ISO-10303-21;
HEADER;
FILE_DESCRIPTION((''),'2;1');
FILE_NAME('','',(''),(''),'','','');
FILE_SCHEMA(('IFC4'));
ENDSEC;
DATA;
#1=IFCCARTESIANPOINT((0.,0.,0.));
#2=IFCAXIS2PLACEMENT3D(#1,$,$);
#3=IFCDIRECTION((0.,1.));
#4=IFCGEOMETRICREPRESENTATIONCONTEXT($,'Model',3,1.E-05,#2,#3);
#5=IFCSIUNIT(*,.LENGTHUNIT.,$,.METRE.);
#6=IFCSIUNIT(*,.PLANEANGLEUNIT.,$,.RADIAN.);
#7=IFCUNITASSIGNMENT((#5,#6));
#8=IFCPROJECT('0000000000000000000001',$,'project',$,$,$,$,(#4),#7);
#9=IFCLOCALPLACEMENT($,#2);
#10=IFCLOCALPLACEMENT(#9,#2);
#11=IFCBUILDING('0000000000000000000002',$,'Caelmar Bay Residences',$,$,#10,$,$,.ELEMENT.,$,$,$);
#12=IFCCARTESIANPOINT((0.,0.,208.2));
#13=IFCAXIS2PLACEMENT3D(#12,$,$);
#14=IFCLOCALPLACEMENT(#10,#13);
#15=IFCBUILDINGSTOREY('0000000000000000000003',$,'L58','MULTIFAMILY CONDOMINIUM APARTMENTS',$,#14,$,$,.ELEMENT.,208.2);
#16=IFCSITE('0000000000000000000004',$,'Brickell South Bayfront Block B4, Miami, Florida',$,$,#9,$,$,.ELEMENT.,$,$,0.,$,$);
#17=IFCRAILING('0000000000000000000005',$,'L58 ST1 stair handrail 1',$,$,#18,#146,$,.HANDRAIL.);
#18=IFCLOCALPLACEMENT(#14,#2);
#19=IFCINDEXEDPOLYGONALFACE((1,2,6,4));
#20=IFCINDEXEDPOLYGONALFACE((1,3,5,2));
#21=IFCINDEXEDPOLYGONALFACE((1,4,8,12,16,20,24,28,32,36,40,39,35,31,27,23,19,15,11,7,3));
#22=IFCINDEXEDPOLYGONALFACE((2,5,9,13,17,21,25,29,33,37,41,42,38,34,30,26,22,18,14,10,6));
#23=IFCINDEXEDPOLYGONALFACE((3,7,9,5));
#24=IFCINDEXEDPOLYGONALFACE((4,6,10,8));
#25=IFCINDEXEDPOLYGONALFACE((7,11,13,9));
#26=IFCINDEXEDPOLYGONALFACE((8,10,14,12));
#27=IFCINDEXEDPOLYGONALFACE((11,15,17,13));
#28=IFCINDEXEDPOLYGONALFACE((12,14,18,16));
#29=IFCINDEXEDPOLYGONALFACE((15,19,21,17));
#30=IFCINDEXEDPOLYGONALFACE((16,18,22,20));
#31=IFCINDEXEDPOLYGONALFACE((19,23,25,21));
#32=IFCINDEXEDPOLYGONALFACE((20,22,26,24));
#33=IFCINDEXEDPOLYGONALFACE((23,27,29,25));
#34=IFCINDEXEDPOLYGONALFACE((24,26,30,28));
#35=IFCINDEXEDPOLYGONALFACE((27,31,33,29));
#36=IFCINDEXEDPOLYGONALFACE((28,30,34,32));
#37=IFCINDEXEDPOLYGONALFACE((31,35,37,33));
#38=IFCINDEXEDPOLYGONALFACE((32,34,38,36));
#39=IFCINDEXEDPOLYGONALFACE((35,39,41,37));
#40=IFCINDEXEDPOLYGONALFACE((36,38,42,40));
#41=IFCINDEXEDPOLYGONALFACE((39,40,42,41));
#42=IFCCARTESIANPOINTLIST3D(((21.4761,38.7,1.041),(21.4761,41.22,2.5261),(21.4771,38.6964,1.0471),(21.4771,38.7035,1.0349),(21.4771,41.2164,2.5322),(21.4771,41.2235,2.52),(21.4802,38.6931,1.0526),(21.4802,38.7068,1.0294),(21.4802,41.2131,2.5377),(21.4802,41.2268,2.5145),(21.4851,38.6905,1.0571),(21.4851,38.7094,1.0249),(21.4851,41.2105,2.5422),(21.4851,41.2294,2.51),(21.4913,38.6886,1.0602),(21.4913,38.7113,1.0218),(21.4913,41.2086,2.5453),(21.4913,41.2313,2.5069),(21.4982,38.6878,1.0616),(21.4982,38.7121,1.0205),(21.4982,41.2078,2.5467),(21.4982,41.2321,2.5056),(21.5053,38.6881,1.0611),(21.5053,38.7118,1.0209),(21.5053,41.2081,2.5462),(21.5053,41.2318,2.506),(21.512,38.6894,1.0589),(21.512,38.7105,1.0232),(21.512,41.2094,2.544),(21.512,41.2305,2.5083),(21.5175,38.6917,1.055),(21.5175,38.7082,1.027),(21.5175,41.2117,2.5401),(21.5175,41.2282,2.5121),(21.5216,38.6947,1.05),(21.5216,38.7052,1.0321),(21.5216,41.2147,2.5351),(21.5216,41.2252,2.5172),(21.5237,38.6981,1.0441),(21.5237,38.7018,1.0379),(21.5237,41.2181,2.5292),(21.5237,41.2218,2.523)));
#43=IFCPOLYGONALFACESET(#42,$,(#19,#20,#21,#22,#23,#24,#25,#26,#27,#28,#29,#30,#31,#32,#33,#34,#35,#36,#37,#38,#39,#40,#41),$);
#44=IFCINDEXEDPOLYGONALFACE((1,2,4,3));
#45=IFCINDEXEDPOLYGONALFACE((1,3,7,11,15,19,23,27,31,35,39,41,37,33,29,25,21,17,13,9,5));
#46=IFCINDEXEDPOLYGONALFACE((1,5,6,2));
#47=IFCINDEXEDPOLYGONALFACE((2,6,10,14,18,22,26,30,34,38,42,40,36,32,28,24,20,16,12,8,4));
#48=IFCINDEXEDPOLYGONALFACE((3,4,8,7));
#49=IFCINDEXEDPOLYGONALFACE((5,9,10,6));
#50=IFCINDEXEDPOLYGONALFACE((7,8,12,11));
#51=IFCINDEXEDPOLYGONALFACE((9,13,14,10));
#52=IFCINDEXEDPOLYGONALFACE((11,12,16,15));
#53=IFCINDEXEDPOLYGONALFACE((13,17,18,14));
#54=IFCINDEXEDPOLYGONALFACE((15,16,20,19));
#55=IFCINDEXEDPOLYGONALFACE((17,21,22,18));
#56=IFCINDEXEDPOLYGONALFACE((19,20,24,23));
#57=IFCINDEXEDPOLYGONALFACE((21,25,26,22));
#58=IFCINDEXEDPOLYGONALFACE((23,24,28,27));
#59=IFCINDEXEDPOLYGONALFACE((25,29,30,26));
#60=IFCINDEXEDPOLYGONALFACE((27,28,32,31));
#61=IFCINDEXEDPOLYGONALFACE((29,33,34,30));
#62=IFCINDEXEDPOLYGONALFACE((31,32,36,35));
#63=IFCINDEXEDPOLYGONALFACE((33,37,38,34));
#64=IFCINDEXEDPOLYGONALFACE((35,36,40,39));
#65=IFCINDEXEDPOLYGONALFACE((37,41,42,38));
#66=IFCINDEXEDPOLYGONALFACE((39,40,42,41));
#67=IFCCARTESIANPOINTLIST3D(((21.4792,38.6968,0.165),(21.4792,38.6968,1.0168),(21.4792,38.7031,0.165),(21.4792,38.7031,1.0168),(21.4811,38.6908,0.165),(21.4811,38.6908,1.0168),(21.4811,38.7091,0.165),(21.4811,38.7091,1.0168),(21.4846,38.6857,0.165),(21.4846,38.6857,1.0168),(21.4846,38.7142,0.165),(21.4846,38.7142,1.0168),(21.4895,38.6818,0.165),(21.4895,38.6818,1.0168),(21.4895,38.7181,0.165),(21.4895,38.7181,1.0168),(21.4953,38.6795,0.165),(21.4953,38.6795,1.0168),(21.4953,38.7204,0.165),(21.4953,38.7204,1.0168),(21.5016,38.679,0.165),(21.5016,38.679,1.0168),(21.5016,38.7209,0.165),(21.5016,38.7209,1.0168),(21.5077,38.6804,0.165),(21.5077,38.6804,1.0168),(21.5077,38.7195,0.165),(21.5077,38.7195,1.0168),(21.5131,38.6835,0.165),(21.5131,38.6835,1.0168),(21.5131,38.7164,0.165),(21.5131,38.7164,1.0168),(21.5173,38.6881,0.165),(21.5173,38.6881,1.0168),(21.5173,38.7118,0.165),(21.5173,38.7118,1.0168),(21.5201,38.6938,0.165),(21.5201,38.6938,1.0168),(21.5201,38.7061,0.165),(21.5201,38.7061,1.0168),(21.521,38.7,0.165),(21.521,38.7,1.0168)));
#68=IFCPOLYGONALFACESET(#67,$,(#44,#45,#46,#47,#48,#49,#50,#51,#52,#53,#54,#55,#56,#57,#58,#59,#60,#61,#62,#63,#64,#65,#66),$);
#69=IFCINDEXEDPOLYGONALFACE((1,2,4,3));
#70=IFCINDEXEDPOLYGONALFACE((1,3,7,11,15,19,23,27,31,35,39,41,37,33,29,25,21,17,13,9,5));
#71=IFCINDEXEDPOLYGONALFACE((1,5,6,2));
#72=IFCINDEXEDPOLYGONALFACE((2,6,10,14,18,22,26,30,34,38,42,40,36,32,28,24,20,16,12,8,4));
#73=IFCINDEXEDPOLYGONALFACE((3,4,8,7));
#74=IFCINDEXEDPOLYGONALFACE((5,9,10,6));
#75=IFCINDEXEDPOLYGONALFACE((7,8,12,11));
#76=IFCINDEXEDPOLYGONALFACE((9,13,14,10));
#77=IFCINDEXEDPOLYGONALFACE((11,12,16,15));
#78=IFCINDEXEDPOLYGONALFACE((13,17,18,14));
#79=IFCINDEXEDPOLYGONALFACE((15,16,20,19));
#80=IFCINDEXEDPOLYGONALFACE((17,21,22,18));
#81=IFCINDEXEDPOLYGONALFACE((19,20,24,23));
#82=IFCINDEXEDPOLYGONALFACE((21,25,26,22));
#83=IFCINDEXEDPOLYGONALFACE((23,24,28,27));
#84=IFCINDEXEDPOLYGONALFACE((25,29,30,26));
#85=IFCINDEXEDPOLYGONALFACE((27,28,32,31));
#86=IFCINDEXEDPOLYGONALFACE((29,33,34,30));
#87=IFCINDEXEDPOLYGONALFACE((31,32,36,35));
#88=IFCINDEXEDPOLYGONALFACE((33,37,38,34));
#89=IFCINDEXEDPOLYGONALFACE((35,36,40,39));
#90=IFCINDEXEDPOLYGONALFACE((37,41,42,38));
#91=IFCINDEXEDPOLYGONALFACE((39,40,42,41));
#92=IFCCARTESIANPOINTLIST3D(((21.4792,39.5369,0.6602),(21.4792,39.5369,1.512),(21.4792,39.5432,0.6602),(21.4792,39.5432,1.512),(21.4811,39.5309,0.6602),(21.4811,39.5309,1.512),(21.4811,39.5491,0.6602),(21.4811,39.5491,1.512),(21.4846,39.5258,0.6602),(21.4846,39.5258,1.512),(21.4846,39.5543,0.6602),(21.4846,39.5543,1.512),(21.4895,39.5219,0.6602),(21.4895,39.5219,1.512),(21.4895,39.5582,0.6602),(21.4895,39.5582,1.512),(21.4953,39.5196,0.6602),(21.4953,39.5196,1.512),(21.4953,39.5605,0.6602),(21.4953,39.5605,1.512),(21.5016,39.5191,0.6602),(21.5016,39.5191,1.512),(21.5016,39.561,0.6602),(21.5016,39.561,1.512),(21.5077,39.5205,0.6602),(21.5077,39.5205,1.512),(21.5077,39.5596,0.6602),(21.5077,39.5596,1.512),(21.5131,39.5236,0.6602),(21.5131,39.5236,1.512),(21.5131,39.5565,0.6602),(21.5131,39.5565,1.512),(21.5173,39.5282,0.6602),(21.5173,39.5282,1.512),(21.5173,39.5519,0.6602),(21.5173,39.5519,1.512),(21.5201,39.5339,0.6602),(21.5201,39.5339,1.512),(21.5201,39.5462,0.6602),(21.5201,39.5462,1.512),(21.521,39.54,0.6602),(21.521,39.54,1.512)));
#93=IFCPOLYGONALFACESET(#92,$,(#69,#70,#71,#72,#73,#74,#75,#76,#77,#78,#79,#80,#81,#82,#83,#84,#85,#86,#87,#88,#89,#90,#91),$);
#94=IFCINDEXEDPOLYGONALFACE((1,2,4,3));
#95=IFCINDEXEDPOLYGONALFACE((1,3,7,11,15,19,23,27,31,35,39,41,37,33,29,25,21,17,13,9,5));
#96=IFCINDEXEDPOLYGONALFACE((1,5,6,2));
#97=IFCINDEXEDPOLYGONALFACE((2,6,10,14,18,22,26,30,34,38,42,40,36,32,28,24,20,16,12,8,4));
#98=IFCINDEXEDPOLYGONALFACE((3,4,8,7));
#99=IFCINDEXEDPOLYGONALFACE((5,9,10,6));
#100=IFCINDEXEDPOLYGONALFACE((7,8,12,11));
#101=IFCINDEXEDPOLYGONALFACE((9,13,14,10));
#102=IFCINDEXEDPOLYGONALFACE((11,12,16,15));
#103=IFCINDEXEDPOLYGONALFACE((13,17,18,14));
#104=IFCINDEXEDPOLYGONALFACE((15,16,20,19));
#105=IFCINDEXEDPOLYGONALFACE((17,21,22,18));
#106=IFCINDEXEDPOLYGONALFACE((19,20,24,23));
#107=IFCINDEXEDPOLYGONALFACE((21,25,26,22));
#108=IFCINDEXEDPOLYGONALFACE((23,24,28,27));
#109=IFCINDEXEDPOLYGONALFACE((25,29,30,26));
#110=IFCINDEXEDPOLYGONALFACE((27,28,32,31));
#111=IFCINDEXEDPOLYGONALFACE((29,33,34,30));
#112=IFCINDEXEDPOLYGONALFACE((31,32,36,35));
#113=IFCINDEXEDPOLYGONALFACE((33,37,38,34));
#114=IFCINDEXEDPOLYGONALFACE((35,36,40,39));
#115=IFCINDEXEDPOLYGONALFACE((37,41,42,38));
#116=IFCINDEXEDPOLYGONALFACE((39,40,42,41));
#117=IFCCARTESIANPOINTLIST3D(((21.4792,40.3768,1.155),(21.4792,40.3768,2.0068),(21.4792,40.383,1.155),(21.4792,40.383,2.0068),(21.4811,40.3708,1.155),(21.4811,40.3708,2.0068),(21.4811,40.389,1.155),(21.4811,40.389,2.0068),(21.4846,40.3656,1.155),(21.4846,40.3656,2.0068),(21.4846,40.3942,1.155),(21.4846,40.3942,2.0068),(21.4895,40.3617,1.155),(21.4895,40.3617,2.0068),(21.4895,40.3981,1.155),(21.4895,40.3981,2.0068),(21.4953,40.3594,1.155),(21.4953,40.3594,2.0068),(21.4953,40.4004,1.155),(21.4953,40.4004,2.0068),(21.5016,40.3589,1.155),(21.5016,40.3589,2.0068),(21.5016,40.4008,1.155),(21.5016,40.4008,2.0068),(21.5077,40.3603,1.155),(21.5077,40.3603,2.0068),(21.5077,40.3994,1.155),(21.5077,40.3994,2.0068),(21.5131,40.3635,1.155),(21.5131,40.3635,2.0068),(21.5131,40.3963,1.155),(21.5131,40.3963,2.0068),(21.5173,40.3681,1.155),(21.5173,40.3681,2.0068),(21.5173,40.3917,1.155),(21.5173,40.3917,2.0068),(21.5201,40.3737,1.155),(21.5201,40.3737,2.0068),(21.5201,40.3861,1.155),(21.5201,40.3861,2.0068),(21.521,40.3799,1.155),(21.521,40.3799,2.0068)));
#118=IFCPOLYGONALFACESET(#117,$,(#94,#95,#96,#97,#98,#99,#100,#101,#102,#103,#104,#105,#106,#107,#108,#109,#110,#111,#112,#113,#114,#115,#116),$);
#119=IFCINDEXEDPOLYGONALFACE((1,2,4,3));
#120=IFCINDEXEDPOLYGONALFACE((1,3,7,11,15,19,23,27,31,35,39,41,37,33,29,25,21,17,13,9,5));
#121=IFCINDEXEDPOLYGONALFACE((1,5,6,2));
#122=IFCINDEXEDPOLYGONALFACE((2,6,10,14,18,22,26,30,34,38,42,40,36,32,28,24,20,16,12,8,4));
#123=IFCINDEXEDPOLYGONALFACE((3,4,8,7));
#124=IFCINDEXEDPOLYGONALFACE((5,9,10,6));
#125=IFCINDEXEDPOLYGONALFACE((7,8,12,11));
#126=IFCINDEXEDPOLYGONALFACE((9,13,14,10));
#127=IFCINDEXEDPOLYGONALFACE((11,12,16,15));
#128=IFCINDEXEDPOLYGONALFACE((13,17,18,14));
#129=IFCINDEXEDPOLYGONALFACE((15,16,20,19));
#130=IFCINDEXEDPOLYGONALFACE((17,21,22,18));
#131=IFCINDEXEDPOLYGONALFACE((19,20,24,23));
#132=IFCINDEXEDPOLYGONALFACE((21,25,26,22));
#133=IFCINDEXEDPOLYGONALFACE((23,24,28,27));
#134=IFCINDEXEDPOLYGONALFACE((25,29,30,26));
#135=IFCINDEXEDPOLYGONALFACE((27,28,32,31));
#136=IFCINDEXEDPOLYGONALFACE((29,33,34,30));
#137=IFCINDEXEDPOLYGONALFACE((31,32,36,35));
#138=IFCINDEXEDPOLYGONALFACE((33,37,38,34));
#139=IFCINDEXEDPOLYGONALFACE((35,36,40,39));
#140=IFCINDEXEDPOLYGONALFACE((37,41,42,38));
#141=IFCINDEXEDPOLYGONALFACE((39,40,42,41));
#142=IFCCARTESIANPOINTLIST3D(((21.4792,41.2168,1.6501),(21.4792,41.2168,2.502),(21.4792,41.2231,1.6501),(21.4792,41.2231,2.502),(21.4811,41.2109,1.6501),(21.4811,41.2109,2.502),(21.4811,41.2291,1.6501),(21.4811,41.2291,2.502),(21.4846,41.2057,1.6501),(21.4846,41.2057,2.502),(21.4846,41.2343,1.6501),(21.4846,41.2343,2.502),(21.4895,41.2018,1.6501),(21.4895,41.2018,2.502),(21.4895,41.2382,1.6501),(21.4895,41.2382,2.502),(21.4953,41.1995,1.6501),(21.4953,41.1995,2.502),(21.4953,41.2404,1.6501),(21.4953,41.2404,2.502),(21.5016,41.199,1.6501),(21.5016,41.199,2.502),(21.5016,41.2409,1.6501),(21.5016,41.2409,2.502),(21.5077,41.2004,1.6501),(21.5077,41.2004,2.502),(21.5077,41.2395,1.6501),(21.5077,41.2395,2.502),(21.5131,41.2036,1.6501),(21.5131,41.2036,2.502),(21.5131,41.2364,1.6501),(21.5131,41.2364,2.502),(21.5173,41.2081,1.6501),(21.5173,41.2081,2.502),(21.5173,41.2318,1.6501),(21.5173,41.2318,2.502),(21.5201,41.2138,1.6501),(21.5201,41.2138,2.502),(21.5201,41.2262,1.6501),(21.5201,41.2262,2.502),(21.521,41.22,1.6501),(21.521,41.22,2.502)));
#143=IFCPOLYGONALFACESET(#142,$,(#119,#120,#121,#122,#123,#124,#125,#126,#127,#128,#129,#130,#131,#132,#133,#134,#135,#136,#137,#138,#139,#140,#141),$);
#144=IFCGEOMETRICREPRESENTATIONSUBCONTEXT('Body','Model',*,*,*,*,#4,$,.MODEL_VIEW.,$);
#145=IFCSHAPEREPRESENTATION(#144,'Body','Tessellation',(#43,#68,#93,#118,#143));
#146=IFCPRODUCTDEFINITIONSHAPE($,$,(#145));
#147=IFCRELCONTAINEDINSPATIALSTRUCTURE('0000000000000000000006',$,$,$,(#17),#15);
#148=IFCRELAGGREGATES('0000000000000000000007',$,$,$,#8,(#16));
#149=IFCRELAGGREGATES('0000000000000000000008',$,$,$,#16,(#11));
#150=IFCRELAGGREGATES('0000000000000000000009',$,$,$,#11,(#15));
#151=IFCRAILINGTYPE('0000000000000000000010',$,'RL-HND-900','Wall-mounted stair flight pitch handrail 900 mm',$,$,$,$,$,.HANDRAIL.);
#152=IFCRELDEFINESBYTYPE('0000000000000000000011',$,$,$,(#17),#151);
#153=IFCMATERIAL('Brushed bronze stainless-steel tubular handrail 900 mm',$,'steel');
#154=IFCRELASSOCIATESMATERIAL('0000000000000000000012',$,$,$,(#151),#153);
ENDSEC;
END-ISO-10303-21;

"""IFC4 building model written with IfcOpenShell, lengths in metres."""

from ifc_helpers import new_model, si_unit, direction, frame, origin, origin_2d, place, context, subcontext, project, spatial, circle, extrude, material, type_object, element, save


model = new_model("IFC4")

# Units and contexts
model_context = context("Model", 3, precision=1e-05, world=origin(), true_north=direction((0.0, 1.0)))
body_context = subcontext(model_context, "Body", "Model", "MODEL_VIEW")
ifc_project = project(units=[si_unit("LENGTHUNIT", "METRE"), si_unit("PLANEANGLEUNIT", "RADIAN")], contexts=[model_context])

# Site, building, storey
site_placement = place(None, origin())
site = spatial("IfcSite", under=ifc_project, at=site_placement, Name="Brickell South Bayfront Block B4, Miami, Florida", CompositionType="ELEMENT", RefElevation=0.0)
building_placement = place(site_placement, origin())
building = spatial("IfcBuilding", under=site, at=building_placement, Name="Caelmar Bay Residences", CompositionType="ELEMENT")
storey_placement = place(building_placement, frame((0.0, 0.0, 208.2)))
storey = spatial("IfcBuildingStorey", under=building, at=storey_placement, Name="L58", Description="MULTIFAMILY CONDOMINIUM APARTMENTS", CompositionType="ELEMENT", Elevation=208.2)

# Railing
ifc_material_1 = material(Name="Brushed bronze stainless-steel tubular handrail 900 mm", Category="steel")
railing_type_1 = type_object("IfcRailingType", Name="RL-HND-900", Description="Wall-mounted stair flight pitch handrail 900 mm", PredefinedType="HANDRAIL", material=ifc_material_1)
railing_1_placement = place(storey_placement, frame((21.5, 38.7, 0.165)))
element("IfcRailing", 1, at=railing_1_placement, inside=storey, type_object=railing_type_1, Name="L58 ST1 stair handrail 1", PredefinedType="HANDRAIL", context=body_context, shape_type="SweptSolid", body=[
    extrude(circle(Radius=0.0239, at=origin_2d()), frame((0.0, 0.0, 0.876), z_axis=(0.0, 0.861524, 0.507717), x_axis=(-1.0, 0.0, 0.0)), (0.0, 0.0, 1.0), 2.925),
    extrude(circle(Radius=0.021, at=origin_2d()), origin(), (0.0, 0.0, 1.0), 0.8518),
    extrude(circle(Radius=0.021, at=origin_2d()), frame((0.0, 0.8401, 0.4951)), (0.0, 0.0, 1.0), 0.8518),
    extrude(circle(Radius=0.021, at=origin_2d()), frame((0.0, 1.6799, 0.99)), (0.0, 0.0, 1.0), 0.8518),
    extrude(circle(Radius=0.021, at=origin_2d()), frame((0.0, 2.52, 1.4851)), (0.0, 0.0, 1.0), 0.8518),
])

save(model, "model.ifc")
